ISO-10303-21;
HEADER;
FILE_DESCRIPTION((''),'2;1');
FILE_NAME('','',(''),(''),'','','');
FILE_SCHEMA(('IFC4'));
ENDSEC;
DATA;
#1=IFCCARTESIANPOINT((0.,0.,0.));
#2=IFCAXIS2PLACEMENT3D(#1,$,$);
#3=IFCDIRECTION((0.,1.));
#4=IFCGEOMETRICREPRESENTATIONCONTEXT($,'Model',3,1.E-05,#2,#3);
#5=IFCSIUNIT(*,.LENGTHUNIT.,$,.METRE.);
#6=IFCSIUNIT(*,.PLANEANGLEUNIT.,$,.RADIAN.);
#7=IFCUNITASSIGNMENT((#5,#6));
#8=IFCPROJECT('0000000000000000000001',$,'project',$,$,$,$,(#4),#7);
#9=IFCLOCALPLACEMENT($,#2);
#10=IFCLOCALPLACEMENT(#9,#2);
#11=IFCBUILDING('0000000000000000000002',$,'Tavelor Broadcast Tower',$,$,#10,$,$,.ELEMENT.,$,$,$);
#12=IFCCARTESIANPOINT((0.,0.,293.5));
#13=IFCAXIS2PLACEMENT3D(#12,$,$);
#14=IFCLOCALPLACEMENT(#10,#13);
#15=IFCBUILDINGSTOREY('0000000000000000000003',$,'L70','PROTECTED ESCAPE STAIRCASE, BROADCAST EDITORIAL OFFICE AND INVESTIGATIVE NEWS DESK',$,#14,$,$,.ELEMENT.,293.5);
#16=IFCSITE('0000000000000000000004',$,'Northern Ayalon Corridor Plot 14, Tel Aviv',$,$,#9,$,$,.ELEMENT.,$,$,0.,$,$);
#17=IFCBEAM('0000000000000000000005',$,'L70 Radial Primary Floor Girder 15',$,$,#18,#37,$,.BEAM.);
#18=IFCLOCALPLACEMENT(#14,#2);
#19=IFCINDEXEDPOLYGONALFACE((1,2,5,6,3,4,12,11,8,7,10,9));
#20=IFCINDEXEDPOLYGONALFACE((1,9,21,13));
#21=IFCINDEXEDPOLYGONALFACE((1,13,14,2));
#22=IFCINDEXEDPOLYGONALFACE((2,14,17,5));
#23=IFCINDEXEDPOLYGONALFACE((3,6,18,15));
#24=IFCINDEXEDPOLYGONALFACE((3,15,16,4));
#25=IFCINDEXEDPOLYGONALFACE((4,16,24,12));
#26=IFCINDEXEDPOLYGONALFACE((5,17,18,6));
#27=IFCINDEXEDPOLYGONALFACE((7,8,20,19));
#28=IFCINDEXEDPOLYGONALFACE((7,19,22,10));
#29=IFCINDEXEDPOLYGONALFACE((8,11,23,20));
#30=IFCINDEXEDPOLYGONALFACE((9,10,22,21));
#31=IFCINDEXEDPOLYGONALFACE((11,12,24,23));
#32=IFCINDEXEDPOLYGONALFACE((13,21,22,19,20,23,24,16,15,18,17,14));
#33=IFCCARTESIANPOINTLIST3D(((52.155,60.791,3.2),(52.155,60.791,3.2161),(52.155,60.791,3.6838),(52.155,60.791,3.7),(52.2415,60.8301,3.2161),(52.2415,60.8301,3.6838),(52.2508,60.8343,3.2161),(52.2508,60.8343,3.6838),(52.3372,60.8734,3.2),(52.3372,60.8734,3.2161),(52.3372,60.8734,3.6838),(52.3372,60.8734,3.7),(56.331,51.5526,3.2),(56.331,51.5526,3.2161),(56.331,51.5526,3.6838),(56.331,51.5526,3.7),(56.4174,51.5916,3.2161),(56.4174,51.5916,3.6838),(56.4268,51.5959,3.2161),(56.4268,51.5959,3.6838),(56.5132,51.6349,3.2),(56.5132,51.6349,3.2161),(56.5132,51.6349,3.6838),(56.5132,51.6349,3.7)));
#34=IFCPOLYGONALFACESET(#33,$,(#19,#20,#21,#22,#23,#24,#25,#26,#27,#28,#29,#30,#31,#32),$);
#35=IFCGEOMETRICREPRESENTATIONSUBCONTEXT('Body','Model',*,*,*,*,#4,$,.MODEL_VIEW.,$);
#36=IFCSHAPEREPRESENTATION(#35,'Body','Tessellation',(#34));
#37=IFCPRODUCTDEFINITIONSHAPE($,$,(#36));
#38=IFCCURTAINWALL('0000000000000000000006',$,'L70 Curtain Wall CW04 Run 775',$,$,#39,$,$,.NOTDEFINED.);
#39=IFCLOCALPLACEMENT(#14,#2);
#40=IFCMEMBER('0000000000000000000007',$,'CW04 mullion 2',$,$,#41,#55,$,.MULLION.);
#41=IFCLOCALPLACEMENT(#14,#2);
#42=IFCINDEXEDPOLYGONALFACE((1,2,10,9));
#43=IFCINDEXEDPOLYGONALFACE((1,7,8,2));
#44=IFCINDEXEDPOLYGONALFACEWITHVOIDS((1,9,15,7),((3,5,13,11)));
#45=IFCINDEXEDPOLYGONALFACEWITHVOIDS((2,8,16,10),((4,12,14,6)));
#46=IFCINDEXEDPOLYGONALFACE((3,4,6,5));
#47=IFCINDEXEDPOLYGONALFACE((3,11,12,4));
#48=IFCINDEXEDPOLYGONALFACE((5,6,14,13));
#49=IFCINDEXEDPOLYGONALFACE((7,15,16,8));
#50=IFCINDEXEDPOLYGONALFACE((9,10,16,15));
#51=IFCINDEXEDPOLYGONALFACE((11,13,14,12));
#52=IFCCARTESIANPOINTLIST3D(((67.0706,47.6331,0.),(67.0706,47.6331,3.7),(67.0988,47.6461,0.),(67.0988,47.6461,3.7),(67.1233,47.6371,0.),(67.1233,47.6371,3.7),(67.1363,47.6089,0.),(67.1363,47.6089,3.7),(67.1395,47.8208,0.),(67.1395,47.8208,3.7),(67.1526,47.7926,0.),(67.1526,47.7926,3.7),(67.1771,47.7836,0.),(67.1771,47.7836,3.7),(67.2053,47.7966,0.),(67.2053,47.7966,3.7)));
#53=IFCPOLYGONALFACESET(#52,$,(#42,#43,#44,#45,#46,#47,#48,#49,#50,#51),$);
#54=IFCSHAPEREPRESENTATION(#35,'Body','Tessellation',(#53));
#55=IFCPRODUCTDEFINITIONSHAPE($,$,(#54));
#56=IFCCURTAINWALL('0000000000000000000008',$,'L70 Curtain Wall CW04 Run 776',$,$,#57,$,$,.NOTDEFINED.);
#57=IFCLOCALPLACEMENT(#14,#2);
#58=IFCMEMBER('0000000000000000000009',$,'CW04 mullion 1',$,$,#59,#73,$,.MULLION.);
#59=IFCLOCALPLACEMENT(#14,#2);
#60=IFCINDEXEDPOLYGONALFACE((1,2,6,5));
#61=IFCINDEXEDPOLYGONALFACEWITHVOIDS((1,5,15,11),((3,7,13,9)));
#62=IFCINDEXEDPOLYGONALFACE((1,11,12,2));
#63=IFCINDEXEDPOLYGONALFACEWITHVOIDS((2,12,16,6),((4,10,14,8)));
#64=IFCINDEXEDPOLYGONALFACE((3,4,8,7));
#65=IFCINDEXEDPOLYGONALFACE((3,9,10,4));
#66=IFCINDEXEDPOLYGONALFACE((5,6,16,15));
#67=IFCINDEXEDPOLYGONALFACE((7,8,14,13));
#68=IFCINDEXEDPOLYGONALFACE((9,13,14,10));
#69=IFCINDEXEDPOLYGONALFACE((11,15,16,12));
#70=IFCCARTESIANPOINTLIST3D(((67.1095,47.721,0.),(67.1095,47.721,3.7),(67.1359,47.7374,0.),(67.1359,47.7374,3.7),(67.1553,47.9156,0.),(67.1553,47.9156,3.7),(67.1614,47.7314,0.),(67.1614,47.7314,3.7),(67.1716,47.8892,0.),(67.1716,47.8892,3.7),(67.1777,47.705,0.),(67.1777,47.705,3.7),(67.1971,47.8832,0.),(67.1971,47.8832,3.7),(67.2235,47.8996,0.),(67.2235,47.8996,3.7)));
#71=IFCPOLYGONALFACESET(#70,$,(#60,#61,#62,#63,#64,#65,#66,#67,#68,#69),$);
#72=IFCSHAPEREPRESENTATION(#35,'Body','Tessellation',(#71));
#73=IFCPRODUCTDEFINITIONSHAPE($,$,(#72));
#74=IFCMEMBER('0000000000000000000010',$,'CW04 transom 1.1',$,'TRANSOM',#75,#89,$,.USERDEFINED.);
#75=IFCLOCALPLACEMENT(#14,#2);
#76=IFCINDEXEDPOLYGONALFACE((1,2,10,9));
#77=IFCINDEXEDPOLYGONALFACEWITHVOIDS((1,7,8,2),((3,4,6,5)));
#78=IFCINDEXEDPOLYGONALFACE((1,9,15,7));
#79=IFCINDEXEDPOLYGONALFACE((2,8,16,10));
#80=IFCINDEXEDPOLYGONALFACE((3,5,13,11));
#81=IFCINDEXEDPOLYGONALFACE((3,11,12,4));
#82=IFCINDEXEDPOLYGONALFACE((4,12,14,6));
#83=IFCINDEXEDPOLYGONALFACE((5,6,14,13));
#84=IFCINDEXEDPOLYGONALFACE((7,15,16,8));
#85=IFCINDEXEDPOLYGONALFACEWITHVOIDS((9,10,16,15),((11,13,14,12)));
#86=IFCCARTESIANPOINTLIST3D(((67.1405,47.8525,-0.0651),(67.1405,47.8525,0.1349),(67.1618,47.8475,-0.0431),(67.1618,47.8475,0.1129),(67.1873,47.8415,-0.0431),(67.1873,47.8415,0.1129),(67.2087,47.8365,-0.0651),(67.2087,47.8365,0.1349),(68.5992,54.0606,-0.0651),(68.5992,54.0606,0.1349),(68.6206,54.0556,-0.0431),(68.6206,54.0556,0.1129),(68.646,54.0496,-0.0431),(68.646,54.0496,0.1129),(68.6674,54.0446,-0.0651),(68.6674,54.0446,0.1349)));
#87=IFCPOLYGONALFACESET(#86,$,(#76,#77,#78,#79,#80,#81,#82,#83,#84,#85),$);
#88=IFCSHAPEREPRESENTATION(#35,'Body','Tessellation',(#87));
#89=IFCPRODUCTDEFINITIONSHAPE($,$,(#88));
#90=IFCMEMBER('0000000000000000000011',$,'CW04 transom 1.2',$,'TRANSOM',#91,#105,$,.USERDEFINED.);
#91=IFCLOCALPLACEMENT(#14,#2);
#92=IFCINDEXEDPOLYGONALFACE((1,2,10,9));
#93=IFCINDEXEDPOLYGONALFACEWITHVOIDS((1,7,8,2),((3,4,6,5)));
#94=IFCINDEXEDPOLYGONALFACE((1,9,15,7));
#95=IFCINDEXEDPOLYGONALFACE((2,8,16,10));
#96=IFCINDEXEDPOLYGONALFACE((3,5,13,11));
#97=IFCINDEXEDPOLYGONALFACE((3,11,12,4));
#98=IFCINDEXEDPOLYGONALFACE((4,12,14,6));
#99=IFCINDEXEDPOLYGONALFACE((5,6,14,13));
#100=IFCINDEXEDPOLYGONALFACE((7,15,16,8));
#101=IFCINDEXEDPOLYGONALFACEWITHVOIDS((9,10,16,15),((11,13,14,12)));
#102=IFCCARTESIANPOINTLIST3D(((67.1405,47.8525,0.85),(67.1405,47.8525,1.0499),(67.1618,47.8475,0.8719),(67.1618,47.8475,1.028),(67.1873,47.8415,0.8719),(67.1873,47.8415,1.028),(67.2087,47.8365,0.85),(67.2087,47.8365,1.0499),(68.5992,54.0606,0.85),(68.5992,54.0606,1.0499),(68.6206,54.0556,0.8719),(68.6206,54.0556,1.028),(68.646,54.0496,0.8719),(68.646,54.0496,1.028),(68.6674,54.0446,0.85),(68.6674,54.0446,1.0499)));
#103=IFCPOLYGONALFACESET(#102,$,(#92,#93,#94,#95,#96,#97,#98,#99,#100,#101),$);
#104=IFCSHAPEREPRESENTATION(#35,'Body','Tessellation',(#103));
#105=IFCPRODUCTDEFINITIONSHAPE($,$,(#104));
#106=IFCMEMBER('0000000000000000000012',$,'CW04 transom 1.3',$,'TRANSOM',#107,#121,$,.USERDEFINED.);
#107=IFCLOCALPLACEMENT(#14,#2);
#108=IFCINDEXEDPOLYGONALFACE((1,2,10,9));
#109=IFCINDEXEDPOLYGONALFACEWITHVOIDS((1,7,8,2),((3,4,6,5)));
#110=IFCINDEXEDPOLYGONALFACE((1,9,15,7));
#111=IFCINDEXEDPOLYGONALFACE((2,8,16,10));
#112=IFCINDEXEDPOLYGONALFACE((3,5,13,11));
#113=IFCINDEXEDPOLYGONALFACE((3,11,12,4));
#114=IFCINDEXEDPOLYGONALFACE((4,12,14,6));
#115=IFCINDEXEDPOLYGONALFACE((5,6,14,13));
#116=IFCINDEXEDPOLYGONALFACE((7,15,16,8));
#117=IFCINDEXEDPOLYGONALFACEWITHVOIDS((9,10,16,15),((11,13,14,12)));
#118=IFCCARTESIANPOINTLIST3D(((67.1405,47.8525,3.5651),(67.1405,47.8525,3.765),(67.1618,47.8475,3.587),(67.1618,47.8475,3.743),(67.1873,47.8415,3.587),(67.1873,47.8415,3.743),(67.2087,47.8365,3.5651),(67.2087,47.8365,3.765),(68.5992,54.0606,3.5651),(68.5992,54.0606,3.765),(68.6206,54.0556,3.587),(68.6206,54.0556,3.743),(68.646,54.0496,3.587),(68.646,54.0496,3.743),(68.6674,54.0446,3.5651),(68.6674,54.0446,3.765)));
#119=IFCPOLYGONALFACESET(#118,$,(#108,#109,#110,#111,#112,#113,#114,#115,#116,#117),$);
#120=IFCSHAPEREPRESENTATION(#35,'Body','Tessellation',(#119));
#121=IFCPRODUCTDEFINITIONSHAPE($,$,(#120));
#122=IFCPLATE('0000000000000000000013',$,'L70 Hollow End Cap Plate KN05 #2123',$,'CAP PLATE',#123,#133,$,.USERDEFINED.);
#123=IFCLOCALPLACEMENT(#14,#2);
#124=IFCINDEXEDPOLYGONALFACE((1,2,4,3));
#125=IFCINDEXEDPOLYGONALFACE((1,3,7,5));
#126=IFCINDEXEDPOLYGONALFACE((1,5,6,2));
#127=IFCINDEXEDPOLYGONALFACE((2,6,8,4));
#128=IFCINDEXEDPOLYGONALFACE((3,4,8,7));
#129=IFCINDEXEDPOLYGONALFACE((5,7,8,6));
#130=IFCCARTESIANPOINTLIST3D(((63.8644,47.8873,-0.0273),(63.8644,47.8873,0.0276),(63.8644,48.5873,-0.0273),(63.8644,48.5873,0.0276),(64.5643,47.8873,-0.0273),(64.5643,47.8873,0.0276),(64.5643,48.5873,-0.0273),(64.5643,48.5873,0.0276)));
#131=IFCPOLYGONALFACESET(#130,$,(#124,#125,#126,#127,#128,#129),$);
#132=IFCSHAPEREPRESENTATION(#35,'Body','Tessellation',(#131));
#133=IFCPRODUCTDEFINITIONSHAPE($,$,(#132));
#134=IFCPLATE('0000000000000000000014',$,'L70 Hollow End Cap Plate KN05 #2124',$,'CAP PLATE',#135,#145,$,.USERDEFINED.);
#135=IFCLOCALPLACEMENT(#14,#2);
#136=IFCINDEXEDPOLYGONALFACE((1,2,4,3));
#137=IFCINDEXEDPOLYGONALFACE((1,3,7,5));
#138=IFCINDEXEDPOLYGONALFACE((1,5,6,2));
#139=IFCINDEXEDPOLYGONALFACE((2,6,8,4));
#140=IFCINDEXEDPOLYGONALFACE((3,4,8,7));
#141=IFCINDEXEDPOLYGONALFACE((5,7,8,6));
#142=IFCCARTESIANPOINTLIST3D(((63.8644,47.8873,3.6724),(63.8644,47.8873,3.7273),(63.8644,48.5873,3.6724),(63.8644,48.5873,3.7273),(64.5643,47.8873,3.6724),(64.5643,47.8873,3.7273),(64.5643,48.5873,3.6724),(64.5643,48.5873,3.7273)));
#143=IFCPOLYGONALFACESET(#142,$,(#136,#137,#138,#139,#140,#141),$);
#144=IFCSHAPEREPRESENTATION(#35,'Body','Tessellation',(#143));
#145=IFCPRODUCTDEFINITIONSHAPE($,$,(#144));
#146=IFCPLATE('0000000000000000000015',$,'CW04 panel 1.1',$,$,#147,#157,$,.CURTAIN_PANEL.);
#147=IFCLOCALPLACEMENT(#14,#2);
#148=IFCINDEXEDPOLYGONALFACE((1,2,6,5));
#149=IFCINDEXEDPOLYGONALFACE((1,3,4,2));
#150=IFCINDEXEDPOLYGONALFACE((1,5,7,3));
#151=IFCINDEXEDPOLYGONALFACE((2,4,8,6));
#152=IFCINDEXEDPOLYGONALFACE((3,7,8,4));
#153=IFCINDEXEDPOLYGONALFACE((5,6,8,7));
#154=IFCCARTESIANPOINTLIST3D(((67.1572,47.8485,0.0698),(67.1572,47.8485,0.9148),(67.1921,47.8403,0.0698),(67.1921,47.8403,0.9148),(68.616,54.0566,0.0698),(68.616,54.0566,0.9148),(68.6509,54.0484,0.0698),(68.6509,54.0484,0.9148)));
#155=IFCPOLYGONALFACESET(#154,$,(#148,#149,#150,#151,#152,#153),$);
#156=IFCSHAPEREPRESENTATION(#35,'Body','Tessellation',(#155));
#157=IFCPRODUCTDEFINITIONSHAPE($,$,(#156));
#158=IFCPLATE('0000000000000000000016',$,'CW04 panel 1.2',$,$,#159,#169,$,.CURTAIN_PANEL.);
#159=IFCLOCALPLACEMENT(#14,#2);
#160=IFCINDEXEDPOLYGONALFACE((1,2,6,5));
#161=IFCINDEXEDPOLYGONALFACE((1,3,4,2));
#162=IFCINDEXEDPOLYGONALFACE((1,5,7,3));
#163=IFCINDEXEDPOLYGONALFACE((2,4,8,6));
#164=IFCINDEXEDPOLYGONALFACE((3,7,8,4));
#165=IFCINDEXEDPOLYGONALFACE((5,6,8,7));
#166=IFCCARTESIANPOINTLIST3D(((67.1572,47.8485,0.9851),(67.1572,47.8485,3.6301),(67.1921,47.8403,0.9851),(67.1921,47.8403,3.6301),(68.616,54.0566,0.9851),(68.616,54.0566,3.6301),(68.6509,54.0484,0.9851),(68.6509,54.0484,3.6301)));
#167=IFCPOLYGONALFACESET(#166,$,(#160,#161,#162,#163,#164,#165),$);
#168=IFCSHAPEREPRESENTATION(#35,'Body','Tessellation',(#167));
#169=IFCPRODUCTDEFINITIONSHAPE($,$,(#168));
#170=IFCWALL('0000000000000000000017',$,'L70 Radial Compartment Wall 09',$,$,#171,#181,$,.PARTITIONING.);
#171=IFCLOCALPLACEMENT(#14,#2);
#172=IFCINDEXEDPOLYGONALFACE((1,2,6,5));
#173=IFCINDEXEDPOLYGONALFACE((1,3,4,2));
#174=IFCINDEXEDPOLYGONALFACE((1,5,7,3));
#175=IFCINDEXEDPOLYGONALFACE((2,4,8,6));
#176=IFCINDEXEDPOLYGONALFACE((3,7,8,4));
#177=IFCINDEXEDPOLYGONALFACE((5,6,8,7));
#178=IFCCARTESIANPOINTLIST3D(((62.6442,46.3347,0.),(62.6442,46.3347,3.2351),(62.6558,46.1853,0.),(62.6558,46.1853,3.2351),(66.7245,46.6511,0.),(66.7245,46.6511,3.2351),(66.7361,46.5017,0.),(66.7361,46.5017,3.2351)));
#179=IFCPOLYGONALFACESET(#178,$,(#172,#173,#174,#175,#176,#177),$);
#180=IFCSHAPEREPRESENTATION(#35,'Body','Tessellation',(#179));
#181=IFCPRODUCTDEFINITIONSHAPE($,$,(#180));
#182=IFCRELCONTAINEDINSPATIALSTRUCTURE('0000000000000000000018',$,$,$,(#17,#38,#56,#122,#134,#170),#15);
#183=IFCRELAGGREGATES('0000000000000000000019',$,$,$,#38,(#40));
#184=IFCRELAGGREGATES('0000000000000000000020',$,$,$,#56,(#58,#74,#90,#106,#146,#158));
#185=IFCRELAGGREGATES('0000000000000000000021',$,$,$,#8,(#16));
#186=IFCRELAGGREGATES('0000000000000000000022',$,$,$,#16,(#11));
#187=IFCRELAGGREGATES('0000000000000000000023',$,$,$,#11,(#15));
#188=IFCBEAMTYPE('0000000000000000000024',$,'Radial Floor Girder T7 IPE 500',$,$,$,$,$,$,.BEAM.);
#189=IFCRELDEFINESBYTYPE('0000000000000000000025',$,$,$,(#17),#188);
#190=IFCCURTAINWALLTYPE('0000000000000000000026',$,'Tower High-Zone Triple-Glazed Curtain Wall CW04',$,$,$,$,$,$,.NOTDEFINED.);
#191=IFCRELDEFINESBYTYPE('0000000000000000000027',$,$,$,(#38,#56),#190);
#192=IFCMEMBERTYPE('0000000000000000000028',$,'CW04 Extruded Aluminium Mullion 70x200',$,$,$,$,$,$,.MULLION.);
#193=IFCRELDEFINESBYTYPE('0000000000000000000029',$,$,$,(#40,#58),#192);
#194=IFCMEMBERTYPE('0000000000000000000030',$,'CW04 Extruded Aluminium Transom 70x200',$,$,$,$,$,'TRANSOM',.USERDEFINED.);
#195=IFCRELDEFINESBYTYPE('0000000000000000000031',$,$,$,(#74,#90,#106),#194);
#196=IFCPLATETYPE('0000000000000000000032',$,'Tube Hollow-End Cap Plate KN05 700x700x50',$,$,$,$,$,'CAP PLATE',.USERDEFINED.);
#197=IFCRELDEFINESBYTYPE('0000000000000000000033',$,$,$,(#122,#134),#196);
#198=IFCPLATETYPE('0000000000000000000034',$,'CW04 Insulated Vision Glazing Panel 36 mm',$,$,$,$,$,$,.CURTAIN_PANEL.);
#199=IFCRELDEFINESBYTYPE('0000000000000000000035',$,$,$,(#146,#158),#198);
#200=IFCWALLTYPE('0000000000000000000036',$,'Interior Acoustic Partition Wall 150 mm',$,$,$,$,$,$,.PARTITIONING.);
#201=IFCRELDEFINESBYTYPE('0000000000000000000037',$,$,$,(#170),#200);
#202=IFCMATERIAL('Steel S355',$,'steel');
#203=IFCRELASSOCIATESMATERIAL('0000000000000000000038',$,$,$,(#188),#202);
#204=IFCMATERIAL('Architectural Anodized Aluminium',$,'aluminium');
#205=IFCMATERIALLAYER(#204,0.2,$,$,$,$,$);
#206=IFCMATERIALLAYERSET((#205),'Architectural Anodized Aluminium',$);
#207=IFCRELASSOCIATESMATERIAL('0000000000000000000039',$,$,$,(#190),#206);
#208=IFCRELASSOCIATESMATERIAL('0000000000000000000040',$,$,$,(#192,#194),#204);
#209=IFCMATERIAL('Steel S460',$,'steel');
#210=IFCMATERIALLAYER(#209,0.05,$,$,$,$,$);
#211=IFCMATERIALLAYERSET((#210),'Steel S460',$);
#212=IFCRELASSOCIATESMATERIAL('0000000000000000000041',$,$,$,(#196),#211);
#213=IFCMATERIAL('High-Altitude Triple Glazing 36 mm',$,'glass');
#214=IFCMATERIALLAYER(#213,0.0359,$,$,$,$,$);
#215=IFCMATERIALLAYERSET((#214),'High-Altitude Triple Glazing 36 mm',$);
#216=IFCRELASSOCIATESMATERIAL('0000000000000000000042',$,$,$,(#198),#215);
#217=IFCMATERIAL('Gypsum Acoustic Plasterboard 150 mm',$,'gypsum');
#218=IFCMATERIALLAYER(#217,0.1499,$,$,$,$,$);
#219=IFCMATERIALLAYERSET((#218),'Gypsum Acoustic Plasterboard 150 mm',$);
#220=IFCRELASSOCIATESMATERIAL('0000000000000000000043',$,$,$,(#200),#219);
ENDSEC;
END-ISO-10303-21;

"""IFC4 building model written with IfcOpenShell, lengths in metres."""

from ifc_helpers import new_model, si_unit, direction, frame, frame_2d, origin, origin_2d, place, context, subcontext, project, spatial, rectangle, hollow_rectangle, i_section, extrude, source, transform, mapped, material, layer, layer_set, material_profile, profile_set, type_object, type_shapes, element, aggregate, save


model = new_model("IFC4")

# Units and contexts
model_context = context("Model", 3, precision=1e-05, world=origin(), true_north=direction((0.0, 1.0)))
body_context = subcontext(model_context, "Body", "Model", "MODEL_VIEW")
ifc_project = project(units=[si_unit("LENGTHUNIT", "METRE"), si_unit("PLANEANGLEUNIT", "RADIAN")], contexts=[model_context])

# Site, building, storey
site_placement = place(None, origin())
site = spatial("IfcSite", under=ifc_project, at=site_placement, Name="Northern Ayalon Corridor Plot 14, Tel Aviv", CompositionType="ELEMENT", RefElevation=0.0)
building_placement = place(site_placement, origin())
building = spatial("IfcBuilding", under=site, at=building_placement, Name="Tavelor Broadcast Tower", CompositionType="ELEMENT")
storey_placement = place(building_placement, frame((0.0, 0.0, 293.5)))
storey = spatial("IfcBuildingStorey", under=building, at=storey_placement, Name="L70", Description="PROTECTED ESCAPE STAIRCASE, BROADCAST EDITORIAL OFFICE AND INVESTIGATIVE NEWS DESK", CompositionType="ELEMENT", Elevation=293.5)

# Shared definitions
ifc_material_1 = material(Name="Steel S460", Category="steel")

# Beam
ifc_material_2 = material(Name="Steel S355", Category="steel")
ifc_material_profile_1 = material_profile(ifc_material_2, i_section(OverallWidth=0.2, OverallDepth=0.5, WebThickness=0.0103, FlangeThickness=0.0161, at=origin_2d()), Name="IPE 500")
ifc_profile_set_1 = profile_set([ifc_material_profile_1], Name="Steel S355")
beam_type_1 = type_object("IfcBeamType", Name="Radial Floor Girder T7 IPE 500", PredefinedType="BEAM", material=ifc_profile_set_1)
beam_1_placement = place(storey_placement, frame((56.4221, 51.5938, 3.45), z_axis=(-0.411897, 0.91123, 0.0), x_axis=(-0.91123, -0.411897, 0.0)))
element("IfcBeam", 1, at=beam_1_placement, inside=storey, type_object=beam_type_1, Name="L70 Radial Primary Floor Girder 15", PredefinedType="BEAM", context=body_context, shape_type="SweptSolid", body=[
    extrude(i_section(OverallWidth=0.2, OverallDepth=0.5, WebThickness=0.0103, FlangeThickness=0.0161, at=origin_2d()), origin(), (0.0, 0.0, 1.0), 10.1384),
])

# Curtain wall, member
ifc_material_3 = material(Name="Architectural Anodized Aluminium", Category="aluminium")
ifc_layer_1 = layer(ifc_material_3, 0.2)
ifc_layer_set_1 = layer_set([ifc_layer_1], Name="Architectural Anodized Aluminium")
curtain_wall_type = type_object("IfcCurtainWallType", Name="Tower High-Zone Triple-Glazed Curtain Wall CW04", PredefinedType="NOTDEFINED", material=ifc_layer_set_1)
curtain_wall_1_placement = place(storey_placement, origin())
curtain_wall_1 = element("IfcCurtainWall", 2, at=curtain_wall_1_placement, inside=storey, type_object=curtain_wall_type, Name="L70 Curtain Wall CW04 Run 775", PredefinedType="NOTDEFINED")
ifc_material_profile_2 = material_profile(ifc_material_3, hollow_rectangle(XDim=0.0701, YDim=0.2, WallThickness=0.022, at=origin_2d()), Name="RHS 70x200x22")
ifc_profile_set_2 = profile_set([ifc_material_profile_2], Name="Architectural Anodized Aluminium")
member_type_1 = type_object("IfcMemberType", Name="CW04 Extruded Aluminium Mullion 70x200", PredefinedType="MULLION", material=ifc_profile_set_2)
shared_shape_1 = source(origin(), body_context, "Body", "SweptSolid", [
    extrude(hollow_rectangle(XDim=0.0701, YDim=0.2, WallThickness=0.022, at=origin_2d()), origin(), (0.0, 0.0, 1.0), 3.7),
])
type_shapes(member_type_1, [shared_shape_1])
member_1_placement = place(storey_placement, frame((67.1379, 47.7148, 0.0), z_axis=(0.0, 0.0, 1.0), x_axis=(-0.938648, 0.344877, 0.0)))
member_1 = element("IfcMember", 3, at=member_1_placement, type_object=member_type_1, Name="CW04 mullion 2", PredefinedType="MULLION", context=body_context, shape_type="MappedRepresentation", body=[
    mapped(shared_shape_1, transform((0.0, 0.0, 0.0), scale=1.0)),
])
aggregate(curtain_wall_1, [member_1])

# Curtain wall, members
curtain_wall_2_placement = place(storey_placement, origin())
curtain_wall_2 = element("IfcCurtainWall", 4, at=curtain_wall_2_placement, inside=storey, type_object=curtain_wall_type, Name="L70 Curtain Wall CW04 Run 776", PredefinedType="NOTDEFINED")
member_2_placement = place(storey_placement, frame((67.1665, 47.8103, 0.0), z_axis=(0.0, 0.0, 1.0), x_axis=(-0.973485, 0.228752, 0.0)))
member_2 = element("IfcMember", 5, at=member_2_placement, type_object=member_type_1, Name="CW04 mullion 1", PredefinedType="MULLION", context=body_context, shape_type="MappedRepresentation", body=[
    mapped(shared_shape_1, transform((0.0, 0.0, 0.0), scale=1.0)),
])
ifc_material_profile_3 = material_profile(ifc_material_3, hollow_rectangle(XDim=0.0701, YDim=0.2, WallThickness=0.022, at=origin_2d()), Name="RHS 70x200x22")
ifc_profile_set_3 = profile_set([ifc_material_profile_3], Name="Architectural Anodized Aluminium")
member_type_2 = type_object("IfcMemberType", Name="CW04 Extruded Aluminium Transom 70x200", ElementType="TRANSOM", PredefinedType="USERDEFINED", material=ifc_profile_set_3)
shared_shape_2 = source(origin(), body_context, "Body", "SweptSolid", [
    extrude(hollow_rectangle(XDim=0.0701, YDim=0.2, WallThickness=0.022, at=origin_2d()), origin(), (0.0, 0.0, 1.0), 6.3772),
])
type_shapes(member_type_2, [shared_shape_2])
member_3_placement = place(storey_placement, frame((67.1746, 47.8445, 0.0349), z_axis=(0.228747, 0.973486, 0.0), x_axis=(-0.973486, 0.228747, 0.0)))
member_3 = element("IfcMember", 6, at=member_3_placement, type_object=member_type_2, Name="CW04 transom 1.1", ObjectType="TRANSOM", PredefinedType="USERDEFINED", context=body_context, shape_type="MappedRepresentation", body=[
    mapped(shared_shape_2, transform((0.0, 0.0, 0.0), scale=1.0)),
])
member_4_placement = place(storey_placement, frame((67.1746, 47.8445, 0.95), z_axis=(0.228747, 0.973486, 0.0), x_axis=(-0.973486, 0.228747, 0.0)))
member_4 = element("IfcMember", 7, at=member_4_placement, type_object=member_type_2, Name="CW04 transom 1.2", ObjectType="TRANSOM", PredefinedType="USERDEFINED", context=body_context, shape_type="MappedRepresentation", body=[
    mapped(shared_shape_2, transform((0.0, 0.0, 0.0), scale=1.0)),
])
member_5_placement = place(storey_placement, frame((67.1746, 47.8445, 3.665), z_axis=(0.228747, 0.973486, 0.0), x_axis=(-0.973486, 0.228747, 0.0)))
member_5 = element("IfcMember", 8, at=member_5_placement, type_object=member_type_2, Name="CW04 transom 1.3", ObjectType="TRANSOM", PredefinedType="USERDEFINED", context=body_context, shape_type="MappedRepresentation", body=[
    mapped(shared_shape_2, transform((0.0, 0.0, 0.0), scale=1.0)),
])

# Plates
ifc_layer_2 = layer(ifc_material_1, 0.05)
ifc_layer_set_2 = layer_set([ifc_layer_2], Name="Steel S460")
plate_type_1 = type_object("IfcPlateType", Name="Tube Hollow-End Cap Plate KN05 700x700x50", ElementType="CAP PLATE", PredefinedType="USERDEFINED", material=ifc_layer_set_2)
shared_shape_3 = source(origin(), body_context, "Body", "SweptSolid", [
    extrude(rectangle(XDim=0.7, YDim=0.7, at=origin_2d()), origin(), (0.0, 0.0, 1.0), 0.0549),
])
type_shapes(plate_type_1, [shared_shape_3])
for number, where, z_axis, x_axis, name in (
    (9, (64.2144, 48.2373, -0.0273), (0.0, 0.0, 1.0), (1.0, 0.0, 0.0), "L70 Hollow End Cap Plate KN05 #2123"),
    (10, (64.2144, 48.2373, 3.6724), (0.0, 0.0, 1.0), (1.0, 0.0, 0.0), "L70 Hollow End Cap Plate KN05 #2124"),
):
    element("IfcPlate", number, at=place(storey_placement, frame(where, z_axis=z_axis, x_axis=x_axis)), inside=storey, type_object=plate_type_1, Name=name, ObjectType="CAP PLATE", PredefinedType="USERDEFINED", context=body_context, shape_type="MappedRepresentation", body=[
        mapped(shared_shape_3, transform((0.0, 0.0, 0.0), scale=1.0)),
    ])

# Plates
ifc_material_4 = material(Name="High-Altitude Triple Glazing 36 mm", Category="glass")
ifc_layer_3 = layer(ifc_material_4, 0.0359)
ifc_layer_set_3 = layer_set([ifc_layer_3], Name="High-Altitude Triple Glazing 36 mm")
plate_type_2 = type_object("IfcPlateType", Name="CW04 Insulated Vision Glazing Panel 36 mm", PredefinedType="CURTAIN_PANEL", material=ifc_layer_set_3)
shared_shape_4 = source(origin(), body_context, "Body", "SweptSolid", [
    extrude(rectangle(XDim=6.3772, YDim=0.0359, at=origin_2d()), origin(), (0.0, 0.0, 1.0), 0.845),
])
plate_1_placement = place(storey_placement, frame((67.9041, 50.9485, 0.0698), z_axis=(0.0, 0.0, 1.0), x_axis=(0.228752, 0.973485, 0.0)))
plate_1 = element("IfcPlate", 11, at=plate_1_placement, type_object=plate_type_2, Name="CW04 panel 1.1", PredefinedType="CURTAIN_PANEL", context=body_context, shape_type="MappedRepresentation", body=[
    mapped(shared_shape_4, transform((0.0, 0.0, 0.0), scale=1.0)),
])
shared_shape_5 = source(origin(), body_context, "Body", "SweptSolid", [
    extrude(rectangle(XDim=6.3772, YDim=0.0359, at=origin_2d()), origin(), (0.0, 0.0, 1.0), 2.645),
])
type_shapes(plate_type_2, [shared_shape_4, shared_shape_5])
plate_2_placement = place(storey_placement, frame((67.9041, 50.9485, 0.9851), z_axis=(0.0, 0.0, 1.0), x_axis=(0.228752, 0.973485, 0.0)))
plate_2 = element("IfcPlate", 12, at=plate_2_placement, type_object=plate_type_2, Name="CW04 panel 1.2", PredefinedType="CURTAIN_PANEL", context=body_context, shape_type="MappedRepresentation", body=[
    mapped(shared_shape_5, transform((0.0, 0.0, 0.0), scale=1.0)),
])
aggregate(curtain_wall_2, [member_2, member_3, member_4, member_5, plate_1, plate_2])

# Wall
ifc_material_5 = material(Name="Gypsum Acoustic Plasterboard 150 mm", Category="gypsum")
ifc_layer_4 = layer(ifc_material_5, 0.1499)
ifc_layer_set_4 = layer_set([ifc_layer_4], Name="Gypsum Acoustic Plasterboard 150 mm")
wall_type_1 = type_object("IfcWallType", Name="Interior Acoustic Partition Wall 150 mm", PredefinedType="PARTITIONING", material=ifc_layer_set_4)
wall_1_placement = place(storey_placement, frame((62.6499, 46.26, 0.0), z_axis=(0.0, 0.0, 1.0), x_axis=(0.997007, 0.077312, 0.0)))
element("IfcWall", 13, at=wall_1_placement, inside=storey, type_object=wall_type_1, Name="L70 Radial Compartment Wall 09", PredefinedType="PARTITIONING", context=body_context, shape_type="SweptSolid", body=[
    extrude(rectangle(XDim=4.0925, YDim=0.1499, at=frame_2d((2.0464, 0.0))), origin(), (0.0, 0.0, 1.0), 3.2351),
])

save(model, "model.ifc")
